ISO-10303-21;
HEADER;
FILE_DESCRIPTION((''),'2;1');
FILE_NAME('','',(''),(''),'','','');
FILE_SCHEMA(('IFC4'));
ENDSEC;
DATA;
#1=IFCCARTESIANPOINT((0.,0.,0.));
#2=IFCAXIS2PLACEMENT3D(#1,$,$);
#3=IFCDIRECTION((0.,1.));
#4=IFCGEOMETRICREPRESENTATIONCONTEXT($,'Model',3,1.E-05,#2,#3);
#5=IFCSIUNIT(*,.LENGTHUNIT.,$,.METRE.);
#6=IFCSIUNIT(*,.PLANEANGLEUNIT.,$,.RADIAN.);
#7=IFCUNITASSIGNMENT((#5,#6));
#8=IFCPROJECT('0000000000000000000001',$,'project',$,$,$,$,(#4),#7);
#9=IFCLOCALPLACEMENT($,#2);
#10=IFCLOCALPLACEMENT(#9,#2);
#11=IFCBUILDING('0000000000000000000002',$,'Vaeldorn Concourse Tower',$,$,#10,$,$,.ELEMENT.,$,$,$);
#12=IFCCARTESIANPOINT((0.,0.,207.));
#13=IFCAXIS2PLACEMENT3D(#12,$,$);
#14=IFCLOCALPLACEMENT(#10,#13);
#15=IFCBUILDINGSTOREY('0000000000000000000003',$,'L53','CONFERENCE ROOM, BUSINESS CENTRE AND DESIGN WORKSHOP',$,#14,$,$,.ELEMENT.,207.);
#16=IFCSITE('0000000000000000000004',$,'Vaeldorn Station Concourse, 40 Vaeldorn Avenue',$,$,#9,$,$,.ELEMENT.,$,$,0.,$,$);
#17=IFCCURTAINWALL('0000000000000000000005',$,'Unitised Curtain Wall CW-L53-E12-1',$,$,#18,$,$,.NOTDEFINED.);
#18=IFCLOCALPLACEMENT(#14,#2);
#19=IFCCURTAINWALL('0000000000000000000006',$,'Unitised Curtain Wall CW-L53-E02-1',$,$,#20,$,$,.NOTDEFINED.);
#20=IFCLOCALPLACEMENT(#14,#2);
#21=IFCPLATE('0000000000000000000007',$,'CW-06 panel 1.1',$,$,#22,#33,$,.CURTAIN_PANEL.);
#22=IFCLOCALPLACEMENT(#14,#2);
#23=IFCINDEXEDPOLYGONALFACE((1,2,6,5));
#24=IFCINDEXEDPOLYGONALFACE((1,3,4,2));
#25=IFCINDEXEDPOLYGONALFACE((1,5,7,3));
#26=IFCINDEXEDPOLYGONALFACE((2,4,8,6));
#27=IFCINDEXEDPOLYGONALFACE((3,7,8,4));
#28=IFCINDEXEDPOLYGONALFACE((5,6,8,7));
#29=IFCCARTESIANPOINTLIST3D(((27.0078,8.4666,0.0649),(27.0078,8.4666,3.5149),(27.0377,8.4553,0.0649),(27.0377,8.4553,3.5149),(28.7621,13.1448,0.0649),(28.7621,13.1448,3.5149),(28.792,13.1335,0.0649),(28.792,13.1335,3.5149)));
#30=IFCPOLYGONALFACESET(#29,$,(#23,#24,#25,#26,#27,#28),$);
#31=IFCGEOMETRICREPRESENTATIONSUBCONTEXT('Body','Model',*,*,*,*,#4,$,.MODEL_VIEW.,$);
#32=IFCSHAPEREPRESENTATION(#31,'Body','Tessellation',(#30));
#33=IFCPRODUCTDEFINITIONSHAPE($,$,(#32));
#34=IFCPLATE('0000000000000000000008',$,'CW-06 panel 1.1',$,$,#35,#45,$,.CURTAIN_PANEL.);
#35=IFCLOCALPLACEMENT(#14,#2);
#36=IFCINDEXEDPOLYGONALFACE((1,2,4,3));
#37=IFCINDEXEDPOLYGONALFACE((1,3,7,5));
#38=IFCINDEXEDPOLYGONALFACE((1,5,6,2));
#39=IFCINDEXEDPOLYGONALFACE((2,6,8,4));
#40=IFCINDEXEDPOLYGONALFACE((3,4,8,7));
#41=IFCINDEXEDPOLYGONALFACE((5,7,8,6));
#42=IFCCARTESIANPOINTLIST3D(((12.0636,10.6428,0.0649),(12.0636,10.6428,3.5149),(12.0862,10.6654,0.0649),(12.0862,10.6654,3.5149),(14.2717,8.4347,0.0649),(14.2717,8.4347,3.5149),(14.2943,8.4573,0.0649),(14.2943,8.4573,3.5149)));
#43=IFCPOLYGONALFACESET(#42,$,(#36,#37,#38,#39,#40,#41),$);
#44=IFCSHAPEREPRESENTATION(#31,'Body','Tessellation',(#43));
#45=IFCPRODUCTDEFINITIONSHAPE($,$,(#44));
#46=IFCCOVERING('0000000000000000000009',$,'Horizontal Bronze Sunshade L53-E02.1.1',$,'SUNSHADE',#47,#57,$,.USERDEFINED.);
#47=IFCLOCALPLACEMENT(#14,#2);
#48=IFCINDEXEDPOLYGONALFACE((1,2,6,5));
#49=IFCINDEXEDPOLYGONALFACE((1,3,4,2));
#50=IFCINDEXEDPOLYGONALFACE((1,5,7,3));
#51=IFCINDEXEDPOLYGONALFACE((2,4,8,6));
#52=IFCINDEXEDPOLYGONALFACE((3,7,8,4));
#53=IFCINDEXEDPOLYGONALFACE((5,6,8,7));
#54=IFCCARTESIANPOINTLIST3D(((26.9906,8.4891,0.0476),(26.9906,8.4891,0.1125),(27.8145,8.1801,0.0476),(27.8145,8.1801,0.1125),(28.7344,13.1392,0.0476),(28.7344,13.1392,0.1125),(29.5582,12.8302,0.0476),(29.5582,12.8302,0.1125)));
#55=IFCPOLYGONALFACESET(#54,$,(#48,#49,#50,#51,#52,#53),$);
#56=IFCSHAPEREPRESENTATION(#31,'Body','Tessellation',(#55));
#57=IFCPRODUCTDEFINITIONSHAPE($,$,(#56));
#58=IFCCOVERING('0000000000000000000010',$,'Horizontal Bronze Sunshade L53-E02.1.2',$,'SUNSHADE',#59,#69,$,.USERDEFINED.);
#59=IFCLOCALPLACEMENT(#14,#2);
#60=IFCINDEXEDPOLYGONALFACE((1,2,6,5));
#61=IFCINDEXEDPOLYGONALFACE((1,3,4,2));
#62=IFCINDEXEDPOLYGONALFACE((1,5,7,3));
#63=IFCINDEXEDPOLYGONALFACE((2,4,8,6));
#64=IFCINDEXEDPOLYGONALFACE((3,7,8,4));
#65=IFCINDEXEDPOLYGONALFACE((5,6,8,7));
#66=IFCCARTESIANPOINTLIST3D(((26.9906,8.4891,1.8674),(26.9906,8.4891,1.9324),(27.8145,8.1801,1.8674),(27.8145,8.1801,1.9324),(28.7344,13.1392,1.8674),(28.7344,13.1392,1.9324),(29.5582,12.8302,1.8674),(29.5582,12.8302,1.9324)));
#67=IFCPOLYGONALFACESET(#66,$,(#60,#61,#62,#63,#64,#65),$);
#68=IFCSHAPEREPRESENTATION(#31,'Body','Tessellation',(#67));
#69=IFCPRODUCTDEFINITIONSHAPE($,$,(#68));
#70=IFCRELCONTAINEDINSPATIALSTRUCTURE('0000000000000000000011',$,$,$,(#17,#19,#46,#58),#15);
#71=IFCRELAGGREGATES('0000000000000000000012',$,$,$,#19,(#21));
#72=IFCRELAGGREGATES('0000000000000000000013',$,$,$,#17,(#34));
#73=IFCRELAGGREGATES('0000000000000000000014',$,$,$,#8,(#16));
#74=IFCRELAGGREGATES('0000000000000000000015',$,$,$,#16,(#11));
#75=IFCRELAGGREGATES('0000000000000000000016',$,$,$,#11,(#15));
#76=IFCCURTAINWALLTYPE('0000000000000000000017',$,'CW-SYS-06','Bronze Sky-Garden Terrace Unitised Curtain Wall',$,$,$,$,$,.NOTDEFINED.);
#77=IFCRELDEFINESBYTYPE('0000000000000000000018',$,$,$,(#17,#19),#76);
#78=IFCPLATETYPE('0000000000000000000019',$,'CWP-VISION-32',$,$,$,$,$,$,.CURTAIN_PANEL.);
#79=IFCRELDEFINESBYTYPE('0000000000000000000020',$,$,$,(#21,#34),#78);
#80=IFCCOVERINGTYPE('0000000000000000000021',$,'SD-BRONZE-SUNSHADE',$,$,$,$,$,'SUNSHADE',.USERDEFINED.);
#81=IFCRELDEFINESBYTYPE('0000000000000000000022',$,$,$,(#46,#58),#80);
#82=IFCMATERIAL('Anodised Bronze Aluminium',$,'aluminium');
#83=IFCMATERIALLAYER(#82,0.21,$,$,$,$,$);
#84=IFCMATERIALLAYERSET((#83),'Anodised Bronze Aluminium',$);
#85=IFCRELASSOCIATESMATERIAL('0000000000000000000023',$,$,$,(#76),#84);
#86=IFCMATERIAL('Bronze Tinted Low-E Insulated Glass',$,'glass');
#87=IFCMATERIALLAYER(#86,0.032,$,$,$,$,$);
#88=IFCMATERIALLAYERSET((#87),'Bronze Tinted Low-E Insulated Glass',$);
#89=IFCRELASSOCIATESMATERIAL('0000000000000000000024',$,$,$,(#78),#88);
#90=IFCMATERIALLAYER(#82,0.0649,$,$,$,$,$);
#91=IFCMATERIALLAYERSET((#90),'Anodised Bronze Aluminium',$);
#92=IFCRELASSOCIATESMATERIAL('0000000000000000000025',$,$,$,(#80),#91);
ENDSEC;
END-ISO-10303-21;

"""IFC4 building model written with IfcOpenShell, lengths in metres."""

from ifc_helpers import new_model, si_unit, direction, frame, origin, origin_2d, place, context, subcontext, project, spatial, rectangle, extrude, source, transform, mapped, material, layer, layer_set, type_object, element, aggregate, save


model = new_model("IFC4")

# Units and contexts
model_context = context("Model", 3, precision=1e-05, world=origin(), true_north=direction((0.0, 1.0)))
body_context = subcontext(model_context, "Body", "Model", "MODEL_VIEW")
ifc_project = project(units=[si_unit("LENGTHUNIT", "METRE"), si_unit("PLANEANGLEUNIT", "RADIAN")], contexts=[model_context])

# Site, building, storey
site_placement = place(None, origin())
site = spatial("IfcSite", under=ifc_project, at=site_placement, Name="Vaeldorn Station Concourse, 40 Vaeldorn Avenue", CompositionType="ELEMENT", RefElevation=0.0)
building_placement = place(site_placement, origin())
building = spatial("IfcBuilding", under=site, at=building_placement, Name="Vaeldorn Concourse Tower", CompositionType="ELEMENT")
storey_placement = place(building_placement, frame((0.0, 0.0, 207.0)))
storey = spatial("IfcBuildingStorey", under=building, at=storey_placement, Name="L53", Description="CONFERENCE ROOM, BUSINESS CENTRE AND DESIGN WORKSHOP", CompositionType="ELEMENT", Elevation=207.0)

# Curtain wall
ifc_material_1 = material(Name="Anodised Bronze Aluminium", Category="aluminium")
ifc_layer_1 = layer(ifc_material_1, 0.21)
ifc_layer_set_1 = layer_set([ifc_layer_1], Name="Anodised Bronze Aluminium")
curtain_wall_type = type_object("IfcCurtainWallType", Name="CW-SYS-06", Description="Bronze Sky-Garden Terrace Unitised Curtain Wall", PredefinedType="NOTDEFINED", material=ifc_layer_set_1)
curtain_wall_1_placement = place(storey_placement, origin())
curtain_wall_1 = element("IfcCurtainWall", 1, at=curtain_wall_1_placement, inside=storey, type_object=curtain_wall_type, Name="Unitised Curtain Wall CW-L53-E12-1", PredefinedType="NOTDEFINED")

# Curtain wall
curtain_wall_2_placement = place(storey_placement, origin())
curtain_wall_2 = element("IfcCurtainWall", 2, at=curtain_wall_2_placement, inside=storey, type_object=curtain_wall_type, Name="Unitised Curtain Wall CW-L53-E02-1", PredefinedType="NOTDEFINED")

# Plates
ifc_material_2 = material(Name="Bronze Tinted Low-E Insulated Glass", Category="glass")
ifc_layer_2 = layer(ifc_material_2, 0.032)
ifc_layer_set_2 = layer_set([ifc_layer_2], Name="Bronze Tinted Low-E Insulated Glass")
plate_type = type_object("IfcPlateType", Name="CWP-VISION-32", PredefinedType="CURTAIN_PANEL", material=ifc_layer_set_2)
shared_shape_1 = source(origin(), body_context, "Body", "SweptSolid", [
    extrude(rectangle(XDim=4.9963, YDim=0.032, at=origin_2d()), origin(), (0.0, 0.0, 1.0), 3.45),
])
plate_1_placement = place(storey_placement, frame((27.8999, 10.8, 0.0649), z_axis=(0.0, 0.0, 1.0), x_axis=(0.351123, 0.936329, 0.0)))
plate_1 = element("IfcPlate", 3, at=plate_1_placement, type_object=plate_type, Name="CW-06 panel 1.1", PredefinedType="CURTAIN_PANEL", context=body_context, shape_type="MappedRepresentation", body=[
    mapped(shared_shape_1, transform((0.0, 0.0, 0.0), scale=1.0)),
])
aggregate(curtain_wall_2, [plate_1])
shared_shape_2 = source(origin(), body_context, "Body", "SweptSolid", [
    extrude(rectangle(XDim=3.1228, YDim=0.032, at=origin_2d()), origin(), (0.0, 0.0, 1.0), 3.45),
])
plate_2_placement = place(storey_placement, frame((13.179, 9.55, 0.0649), z_axis=(0.0, 0.0, 1.0), x_axis=(0.707107, -0.707107, 0.0)))
plate_2 = element("IfcPlate", 4, at=plate_2_placement, type_object=plate_type, Name="CW-06 panel 1.1", PredefinedType="CURTAIN_PANEL", context=body_context, shape_type="MappedRepresentation", body=[
    mapped(shared_shape_2, transform((0.0, 0.0, 0.0), scale=1.0)),
])
aggregate(curtain_wall_1, [plate_2])

# Coverings
ifc_layer_3 = layer(ifc_material_1, 0.0649)
ifc_layer_set_3 = layer_set([ifc_layer_3], Name="Anodised Bronze Aluminium")
covering_type = type_object("IfcCoveringType", Name="SD-BRONZE-SUNSHADE", ElementType="SUNSHADE", PredefinedType="USERDEFINED", material=ifc_layer_set_3)
shared_shape_3 = source(origin(), body_context, "Body", "SweptSolid", [
    extrude(rectangle(XDim=4.9663, YDim=0.8799, at=origin_2d()), origin(), (0.0, 0.0, 1.0), 0.0649),
])
for number, where, z_axis, x_axis, name in (
    (5, (28.2744, 10.6597, 0.0476), (0.0, 0.0, 1.0), (0.351123, 0.936329, 0.0), "Horizontal Bronze Sunshade L53-E02.1.1"),
    (6, (28.2744, 10.6597, 1.8674), (0.0, 0.0, 1.0), (0.351123, 0.936329, 0.0), "Horizontal Bronze Sunshade L53-E02.1.2"),
):
    element("IfcCovering", number, at=place(storey_placement, frame(where, z_axis=z_axis, x_axis=x_axis)), inside=storey, type_object=covering_type, Name=name, ObjectType="SUNSHADE", PredefinedType="USERDEFINED", context=body_context, shape_type="MappedRepresentation", body=[
        mapped(shared_shape_3, transform((0.0, 0.0, 0.0), scale=1.0)),
    ])

save(model, "model.ifc")
